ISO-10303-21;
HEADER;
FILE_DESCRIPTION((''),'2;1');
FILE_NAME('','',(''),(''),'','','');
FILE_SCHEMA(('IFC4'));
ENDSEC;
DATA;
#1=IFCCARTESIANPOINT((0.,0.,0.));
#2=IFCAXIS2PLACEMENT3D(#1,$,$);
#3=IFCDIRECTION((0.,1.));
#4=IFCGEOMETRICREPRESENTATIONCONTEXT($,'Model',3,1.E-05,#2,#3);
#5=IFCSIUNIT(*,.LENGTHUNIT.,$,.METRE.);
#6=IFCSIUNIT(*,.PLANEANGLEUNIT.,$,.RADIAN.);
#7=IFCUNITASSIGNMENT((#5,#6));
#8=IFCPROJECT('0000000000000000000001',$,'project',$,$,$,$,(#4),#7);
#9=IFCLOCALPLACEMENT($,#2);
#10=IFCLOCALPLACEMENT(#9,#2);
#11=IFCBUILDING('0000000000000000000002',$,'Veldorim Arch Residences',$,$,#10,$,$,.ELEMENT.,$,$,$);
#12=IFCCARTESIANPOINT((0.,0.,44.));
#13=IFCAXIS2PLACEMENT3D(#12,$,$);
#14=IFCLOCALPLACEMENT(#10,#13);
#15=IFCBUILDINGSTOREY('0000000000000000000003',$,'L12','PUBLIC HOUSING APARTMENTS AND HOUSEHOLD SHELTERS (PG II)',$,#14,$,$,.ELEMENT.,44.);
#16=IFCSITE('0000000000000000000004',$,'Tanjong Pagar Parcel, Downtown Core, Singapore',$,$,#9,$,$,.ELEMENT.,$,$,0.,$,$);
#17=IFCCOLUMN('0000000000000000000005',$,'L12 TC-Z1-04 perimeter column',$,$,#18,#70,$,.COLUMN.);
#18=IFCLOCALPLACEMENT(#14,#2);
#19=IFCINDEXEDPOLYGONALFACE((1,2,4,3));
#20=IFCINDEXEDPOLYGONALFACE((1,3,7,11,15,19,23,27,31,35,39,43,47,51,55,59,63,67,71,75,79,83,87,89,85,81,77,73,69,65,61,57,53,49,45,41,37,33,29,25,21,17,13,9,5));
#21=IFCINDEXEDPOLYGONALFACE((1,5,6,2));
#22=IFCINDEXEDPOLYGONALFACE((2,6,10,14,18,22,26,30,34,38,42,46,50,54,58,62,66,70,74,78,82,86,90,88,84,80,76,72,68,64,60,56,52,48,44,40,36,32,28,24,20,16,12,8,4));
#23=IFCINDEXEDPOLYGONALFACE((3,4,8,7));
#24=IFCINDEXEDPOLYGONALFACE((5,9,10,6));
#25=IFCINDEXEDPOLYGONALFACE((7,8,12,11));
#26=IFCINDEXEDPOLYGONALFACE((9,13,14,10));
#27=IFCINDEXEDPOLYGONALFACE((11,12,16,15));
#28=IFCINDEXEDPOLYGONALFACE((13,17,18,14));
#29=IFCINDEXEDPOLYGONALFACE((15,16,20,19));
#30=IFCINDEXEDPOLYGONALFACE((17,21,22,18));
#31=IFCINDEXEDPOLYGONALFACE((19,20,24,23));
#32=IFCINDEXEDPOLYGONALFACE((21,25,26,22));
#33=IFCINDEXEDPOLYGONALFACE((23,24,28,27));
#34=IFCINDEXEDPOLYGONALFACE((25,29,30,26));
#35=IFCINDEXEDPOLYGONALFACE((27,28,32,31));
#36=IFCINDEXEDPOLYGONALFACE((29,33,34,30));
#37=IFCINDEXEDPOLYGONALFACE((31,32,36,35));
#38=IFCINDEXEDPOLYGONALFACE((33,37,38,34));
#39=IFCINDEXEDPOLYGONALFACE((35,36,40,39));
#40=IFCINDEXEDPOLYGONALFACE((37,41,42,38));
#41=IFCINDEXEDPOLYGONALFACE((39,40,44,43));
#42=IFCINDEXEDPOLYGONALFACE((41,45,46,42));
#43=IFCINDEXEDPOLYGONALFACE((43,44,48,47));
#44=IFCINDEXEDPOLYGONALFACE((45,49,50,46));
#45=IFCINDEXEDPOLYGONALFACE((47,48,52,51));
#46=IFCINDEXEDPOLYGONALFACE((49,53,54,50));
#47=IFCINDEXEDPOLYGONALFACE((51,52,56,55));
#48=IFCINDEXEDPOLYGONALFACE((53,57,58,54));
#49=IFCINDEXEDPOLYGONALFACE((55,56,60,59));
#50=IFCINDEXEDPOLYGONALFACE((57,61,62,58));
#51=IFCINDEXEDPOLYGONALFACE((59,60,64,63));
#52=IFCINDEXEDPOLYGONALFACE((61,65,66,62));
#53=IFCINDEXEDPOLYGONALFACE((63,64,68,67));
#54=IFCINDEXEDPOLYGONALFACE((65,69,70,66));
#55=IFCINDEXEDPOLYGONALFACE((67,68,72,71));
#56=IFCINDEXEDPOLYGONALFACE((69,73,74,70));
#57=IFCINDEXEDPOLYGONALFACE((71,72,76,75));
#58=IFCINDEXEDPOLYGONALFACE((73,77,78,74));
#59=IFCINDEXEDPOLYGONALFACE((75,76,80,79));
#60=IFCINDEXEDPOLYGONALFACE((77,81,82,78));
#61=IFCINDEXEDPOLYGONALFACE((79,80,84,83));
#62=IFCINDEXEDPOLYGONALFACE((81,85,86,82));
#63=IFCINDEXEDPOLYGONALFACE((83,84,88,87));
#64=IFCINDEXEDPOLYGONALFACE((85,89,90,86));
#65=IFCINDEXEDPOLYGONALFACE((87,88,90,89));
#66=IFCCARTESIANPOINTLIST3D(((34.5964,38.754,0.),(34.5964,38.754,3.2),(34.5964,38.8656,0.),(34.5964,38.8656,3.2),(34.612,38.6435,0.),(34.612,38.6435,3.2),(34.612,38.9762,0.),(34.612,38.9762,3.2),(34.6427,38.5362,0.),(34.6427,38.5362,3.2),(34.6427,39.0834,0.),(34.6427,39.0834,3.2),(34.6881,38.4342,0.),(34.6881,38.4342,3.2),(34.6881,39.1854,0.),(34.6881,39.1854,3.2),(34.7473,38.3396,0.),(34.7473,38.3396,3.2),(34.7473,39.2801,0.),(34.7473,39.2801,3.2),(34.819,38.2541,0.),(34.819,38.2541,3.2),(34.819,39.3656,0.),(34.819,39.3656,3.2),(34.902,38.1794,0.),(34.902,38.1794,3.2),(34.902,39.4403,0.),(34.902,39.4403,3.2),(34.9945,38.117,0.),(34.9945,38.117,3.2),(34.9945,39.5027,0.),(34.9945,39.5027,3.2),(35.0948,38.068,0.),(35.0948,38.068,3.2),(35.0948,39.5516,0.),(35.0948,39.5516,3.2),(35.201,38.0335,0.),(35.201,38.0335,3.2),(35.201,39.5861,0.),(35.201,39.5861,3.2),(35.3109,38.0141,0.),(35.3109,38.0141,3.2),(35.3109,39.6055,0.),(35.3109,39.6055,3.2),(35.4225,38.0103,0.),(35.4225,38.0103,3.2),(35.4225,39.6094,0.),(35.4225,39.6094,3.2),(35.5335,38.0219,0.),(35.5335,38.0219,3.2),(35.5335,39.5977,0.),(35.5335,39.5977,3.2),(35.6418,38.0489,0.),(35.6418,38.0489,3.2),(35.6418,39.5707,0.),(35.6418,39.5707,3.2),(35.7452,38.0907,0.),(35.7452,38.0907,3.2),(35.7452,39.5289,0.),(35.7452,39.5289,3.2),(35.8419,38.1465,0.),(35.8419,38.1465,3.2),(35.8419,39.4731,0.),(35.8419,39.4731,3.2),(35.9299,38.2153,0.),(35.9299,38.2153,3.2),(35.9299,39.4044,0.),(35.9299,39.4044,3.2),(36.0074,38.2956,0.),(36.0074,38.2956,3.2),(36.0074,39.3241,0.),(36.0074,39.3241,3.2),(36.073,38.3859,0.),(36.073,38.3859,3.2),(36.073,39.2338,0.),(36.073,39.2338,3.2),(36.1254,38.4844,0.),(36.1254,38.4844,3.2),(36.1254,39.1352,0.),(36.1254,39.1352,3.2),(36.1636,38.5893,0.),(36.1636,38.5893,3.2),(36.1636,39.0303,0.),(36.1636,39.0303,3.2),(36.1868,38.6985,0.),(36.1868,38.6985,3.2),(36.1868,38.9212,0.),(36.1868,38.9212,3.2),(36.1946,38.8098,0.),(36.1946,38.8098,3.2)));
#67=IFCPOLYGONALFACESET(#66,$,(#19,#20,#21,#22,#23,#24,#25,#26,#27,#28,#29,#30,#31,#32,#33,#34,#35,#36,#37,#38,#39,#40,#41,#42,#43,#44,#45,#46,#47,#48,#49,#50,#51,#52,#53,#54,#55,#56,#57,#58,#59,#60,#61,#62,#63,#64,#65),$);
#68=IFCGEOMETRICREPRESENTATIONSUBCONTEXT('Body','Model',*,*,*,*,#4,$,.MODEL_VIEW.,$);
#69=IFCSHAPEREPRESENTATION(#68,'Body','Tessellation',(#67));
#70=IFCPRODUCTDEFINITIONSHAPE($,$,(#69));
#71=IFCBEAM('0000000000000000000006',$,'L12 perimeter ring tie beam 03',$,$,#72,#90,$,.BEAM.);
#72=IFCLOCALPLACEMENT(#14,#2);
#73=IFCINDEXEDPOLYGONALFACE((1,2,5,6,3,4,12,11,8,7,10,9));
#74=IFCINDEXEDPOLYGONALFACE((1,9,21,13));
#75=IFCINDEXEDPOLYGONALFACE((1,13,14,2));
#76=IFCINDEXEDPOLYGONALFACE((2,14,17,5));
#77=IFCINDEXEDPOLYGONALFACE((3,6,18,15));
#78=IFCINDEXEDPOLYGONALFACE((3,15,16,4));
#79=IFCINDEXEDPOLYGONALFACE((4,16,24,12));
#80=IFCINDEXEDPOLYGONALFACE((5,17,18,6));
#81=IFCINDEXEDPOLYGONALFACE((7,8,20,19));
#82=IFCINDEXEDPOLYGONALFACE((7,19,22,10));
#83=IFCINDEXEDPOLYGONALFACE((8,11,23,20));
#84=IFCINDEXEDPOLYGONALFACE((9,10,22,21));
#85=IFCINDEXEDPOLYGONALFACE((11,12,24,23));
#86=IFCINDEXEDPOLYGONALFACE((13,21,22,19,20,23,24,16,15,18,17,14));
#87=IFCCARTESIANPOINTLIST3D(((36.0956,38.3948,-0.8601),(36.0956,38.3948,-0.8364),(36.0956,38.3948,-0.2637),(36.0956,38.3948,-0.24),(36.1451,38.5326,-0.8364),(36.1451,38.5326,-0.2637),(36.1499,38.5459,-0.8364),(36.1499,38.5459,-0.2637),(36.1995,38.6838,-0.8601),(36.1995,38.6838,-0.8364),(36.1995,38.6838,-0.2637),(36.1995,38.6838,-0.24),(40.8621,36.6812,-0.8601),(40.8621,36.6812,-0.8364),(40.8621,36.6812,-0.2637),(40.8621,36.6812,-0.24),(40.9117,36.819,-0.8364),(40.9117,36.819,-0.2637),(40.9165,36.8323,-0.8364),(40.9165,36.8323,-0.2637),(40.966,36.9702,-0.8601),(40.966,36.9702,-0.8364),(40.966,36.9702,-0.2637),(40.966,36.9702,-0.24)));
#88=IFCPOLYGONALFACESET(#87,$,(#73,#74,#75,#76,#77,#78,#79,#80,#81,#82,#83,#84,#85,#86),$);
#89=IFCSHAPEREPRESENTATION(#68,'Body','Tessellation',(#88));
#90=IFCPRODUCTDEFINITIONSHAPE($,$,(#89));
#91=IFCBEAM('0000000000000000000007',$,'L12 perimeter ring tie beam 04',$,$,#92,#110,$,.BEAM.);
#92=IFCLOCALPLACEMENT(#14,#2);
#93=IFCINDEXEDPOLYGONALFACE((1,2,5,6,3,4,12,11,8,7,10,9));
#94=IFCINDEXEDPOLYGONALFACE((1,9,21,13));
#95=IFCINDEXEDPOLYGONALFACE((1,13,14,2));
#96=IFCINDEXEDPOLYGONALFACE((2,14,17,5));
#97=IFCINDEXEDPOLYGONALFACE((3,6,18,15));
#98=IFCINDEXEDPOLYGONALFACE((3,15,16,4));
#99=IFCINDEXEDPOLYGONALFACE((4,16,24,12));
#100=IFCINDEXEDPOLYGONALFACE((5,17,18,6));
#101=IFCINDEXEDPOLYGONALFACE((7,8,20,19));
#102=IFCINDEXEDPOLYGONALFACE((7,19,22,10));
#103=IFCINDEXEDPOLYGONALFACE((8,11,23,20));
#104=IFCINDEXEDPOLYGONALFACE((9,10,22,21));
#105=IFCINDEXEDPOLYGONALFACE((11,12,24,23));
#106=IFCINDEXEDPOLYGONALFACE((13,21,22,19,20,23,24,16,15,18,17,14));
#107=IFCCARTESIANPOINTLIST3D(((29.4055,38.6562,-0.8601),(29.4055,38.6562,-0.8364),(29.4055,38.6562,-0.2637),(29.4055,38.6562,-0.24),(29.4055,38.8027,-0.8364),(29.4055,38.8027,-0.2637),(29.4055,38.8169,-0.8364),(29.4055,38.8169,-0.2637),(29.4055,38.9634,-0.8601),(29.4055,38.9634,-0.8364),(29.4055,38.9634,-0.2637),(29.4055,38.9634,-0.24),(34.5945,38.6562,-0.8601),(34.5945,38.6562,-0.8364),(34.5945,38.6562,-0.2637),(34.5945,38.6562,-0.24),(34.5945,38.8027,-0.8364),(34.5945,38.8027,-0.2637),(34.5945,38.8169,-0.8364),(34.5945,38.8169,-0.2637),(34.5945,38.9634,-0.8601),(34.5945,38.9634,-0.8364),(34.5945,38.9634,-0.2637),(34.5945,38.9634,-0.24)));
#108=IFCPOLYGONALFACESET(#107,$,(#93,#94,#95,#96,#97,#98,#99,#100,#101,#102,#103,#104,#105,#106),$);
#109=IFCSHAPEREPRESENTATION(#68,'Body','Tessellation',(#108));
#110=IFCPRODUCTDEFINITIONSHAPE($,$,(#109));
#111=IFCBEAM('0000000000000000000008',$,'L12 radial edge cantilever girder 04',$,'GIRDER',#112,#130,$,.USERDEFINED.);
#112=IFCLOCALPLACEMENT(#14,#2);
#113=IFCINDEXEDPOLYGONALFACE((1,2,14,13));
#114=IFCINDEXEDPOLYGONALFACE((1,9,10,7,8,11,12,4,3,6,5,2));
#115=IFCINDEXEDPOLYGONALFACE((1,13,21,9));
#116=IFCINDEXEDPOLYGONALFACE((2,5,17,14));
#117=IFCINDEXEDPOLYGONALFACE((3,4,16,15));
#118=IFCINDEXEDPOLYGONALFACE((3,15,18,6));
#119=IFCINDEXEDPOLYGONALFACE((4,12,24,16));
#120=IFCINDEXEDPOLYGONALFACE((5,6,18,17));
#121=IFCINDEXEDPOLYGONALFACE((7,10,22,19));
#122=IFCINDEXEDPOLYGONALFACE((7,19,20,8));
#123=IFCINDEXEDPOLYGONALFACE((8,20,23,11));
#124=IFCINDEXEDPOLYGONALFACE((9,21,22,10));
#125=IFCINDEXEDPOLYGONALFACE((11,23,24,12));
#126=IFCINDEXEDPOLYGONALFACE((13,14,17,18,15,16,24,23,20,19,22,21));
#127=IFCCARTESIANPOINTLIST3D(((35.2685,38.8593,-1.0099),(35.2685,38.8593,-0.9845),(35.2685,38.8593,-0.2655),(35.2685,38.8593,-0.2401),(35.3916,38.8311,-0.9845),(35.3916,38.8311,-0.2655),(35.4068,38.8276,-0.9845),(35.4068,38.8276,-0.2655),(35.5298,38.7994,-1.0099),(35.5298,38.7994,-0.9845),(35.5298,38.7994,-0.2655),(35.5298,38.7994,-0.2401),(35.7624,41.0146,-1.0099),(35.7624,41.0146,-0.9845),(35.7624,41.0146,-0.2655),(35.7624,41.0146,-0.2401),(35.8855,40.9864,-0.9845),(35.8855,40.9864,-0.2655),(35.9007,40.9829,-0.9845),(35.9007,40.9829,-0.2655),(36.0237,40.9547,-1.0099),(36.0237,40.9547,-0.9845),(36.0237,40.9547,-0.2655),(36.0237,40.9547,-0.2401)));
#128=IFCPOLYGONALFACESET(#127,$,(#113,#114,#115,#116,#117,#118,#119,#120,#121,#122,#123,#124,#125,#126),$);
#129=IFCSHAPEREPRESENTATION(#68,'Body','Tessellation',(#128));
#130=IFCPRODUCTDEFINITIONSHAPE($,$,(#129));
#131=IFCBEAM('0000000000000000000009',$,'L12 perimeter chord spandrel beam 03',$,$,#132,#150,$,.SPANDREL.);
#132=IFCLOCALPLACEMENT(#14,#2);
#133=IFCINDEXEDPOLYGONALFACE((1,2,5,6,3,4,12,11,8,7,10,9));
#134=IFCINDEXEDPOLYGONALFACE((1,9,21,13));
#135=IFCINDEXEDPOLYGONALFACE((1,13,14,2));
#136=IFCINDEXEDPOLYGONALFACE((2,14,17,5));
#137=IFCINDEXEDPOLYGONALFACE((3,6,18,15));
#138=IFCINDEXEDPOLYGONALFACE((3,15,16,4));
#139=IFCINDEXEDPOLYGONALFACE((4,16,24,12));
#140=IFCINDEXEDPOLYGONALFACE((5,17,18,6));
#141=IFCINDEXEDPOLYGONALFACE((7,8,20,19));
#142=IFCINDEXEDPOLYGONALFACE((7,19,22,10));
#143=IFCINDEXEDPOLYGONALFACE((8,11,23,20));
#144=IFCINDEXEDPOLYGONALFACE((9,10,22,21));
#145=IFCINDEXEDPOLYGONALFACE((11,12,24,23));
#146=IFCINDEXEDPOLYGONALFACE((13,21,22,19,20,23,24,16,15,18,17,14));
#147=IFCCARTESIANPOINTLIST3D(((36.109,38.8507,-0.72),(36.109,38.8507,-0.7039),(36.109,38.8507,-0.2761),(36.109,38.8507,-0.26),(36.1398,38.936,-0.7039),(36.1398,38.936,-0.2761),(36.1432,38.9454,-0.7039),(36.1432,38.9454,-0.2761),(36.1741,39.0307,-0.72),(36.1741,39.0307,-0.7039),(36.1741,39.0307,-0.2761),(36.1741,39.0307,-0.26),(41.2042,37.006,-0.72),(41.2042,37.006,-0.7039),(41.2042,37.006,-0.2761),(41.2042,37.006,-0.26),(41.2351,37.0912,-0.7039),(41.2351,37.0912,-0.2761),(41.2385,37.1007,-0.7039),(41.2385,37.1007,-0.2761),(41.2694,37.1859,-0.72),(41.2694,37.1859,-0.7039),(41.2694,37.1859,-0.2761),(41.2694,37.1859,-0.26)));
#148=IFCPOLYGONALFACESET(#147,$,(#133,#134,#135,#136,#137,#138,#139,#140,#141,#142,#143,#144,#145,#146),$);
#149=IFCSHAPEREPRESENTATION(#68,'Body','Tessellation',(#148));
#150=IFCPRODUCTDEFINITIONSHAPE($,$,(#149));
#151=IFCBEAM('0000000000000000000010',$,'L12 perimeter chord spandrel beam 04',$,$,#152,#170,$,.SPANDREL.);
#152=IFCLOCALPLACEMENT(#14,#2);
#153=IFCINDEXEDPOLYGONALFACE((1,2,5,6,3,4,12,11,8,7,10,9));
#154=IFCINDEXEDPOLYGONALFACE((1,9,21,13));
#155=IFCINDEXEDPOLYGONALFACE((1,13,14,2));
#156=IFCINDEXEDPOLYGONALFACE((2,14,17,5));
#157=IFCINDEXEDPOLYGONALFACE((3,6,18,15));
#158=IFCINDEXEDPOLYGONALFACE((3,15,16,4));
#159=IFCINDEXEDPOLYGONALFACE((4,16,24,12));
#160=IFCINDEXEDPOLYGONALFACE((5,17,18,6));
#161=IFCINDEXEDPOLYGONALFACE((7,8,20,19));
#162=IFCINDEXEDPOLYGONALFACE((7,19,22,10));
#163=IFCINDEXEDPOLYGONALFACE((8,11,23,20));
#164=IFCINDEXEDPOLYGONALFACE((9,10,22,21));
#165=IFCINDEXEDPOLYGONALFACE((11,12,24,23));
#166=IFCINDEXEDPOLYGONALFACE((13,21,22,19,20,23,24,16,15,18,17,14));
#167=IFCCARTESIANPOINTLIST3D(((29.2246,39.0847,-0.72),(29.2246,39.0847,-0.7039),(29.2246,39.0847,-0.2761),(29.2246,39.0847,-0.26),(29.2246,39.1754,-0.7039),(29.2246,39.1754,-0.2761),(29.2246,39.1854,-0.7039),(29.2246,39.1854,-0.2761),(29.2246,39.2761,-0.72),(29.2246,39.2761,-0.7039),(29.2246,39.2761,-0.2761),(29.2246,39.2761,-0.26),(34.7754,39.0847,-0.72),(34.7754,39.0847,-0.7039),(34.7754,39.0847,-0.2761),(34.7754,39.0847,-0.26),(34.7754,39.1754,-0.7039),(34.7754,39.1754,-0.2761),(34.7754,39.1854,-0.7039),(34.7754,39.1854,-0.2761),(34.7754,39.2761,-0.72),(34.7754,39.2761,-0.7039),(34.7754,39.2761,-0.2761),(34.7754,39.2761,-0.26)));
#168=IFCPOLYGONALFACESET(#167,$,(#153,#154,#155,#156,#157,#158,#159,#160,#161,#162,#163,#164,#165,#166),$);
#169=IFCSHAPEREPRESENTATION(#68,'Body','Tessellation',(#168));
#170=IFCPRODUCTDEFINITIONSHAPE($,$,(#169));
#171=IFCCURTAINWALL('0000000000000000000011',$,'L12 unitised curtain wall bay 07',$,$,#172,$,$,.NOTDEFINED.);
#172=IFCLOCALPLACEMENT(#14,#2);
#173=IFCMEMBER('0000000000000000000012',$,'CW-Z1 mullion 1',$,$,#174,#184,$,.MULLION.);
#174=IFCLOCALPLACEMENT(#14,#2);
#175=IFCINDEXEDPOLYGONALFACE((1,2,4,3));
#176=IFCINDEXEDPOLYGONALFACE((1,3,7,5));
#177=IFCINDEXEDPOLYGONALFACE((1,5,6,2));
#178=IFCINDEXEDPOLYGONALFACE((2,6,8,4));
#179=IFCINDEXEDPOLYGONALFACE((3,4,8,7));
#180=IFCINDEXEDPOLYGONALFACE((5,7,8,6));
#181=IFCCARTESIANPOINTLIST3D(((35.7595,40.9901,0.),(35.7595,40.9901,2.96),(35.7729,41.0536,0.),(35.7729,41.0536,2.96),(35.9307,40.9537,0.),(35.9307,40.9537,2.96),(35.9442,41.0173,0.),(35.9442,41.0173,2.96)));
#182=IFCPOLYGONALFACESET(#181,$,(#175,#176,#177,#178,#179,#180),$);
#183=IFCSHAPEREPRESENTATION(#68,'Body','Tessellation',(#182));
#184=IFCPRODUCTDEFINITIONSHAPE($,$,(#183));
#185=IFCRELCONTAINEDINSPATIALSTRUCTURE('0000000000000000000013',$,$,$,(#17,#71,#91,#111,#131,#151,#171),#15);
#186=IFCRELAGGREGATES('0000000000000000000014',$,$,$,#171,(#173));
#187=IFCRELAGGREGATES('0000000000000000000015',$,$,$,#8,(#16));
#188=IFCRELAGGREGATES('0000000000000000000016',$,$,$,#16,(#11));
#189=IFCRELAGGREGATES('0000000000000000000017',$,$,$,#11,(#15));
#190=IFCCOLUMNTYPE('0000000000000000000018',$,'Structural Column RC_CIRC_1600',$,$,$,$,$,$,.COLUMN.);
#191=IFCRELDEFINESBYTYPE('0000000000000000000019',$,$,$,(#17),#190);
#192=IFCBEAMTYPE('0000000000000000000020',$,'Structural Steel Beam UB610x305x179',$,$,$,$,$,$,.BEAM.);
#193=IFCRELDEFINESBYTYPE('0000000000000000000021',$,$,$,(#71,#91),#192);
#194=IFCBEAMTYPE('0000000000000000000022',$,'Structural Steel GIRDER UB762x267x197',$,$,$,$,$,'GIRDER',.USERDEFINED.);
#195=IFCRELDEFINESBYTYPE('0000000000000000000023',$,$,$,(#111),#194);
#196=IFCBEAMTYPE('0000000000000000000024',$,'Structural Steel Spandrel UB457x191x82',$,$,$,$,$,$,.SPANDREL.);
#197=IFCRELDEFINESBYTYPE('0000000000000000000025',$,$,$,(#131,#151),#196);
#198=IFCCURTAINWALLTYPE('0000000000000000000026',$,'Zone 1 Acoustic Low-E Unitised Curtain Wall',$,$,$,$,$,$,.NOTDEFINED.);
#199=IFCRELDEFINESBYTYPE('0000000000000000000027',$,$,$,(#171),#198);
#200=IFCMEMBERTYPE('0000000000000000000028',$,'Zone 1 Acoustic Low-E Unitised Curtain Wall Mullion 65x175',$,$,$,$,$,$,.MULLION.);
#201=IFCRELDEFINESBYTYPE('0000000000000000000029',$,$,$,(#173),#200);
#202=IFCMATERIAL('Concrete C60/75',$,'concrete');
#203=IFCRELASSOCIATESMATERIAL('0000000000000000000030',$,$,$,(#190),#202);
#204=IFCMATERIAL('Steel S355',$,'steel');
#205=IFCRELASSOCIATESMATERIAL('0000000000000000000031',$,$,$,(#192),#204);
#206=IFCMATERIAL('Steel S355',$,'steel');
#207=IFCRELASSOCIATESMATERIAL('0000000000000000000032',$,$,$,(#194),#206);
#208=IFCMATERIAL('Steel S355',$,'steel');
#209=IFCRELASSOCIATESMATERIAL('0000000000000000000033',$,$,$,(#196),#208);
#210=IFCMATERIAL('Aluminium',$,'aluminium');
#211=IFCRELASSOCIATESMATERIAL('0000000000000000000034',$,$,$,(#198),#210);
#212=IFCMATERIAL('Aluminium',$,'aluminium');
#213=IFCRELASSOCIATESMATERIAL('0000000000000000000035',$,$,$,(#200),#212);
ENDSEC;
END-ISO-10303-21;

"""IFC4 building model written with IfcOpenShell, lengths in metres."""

from ifc_helpers import new_model, si_unit, direction, frame, origin, origin_2d, place, context, subcontext, project, spatial, rectangle, circle, i_section, extrude, material, material_profile, profile_set, type_object, element, aggregate, save


model = new_model("IFC4")

# Units and contexts
model_context = context("Model", 3, precision=1e-05, world=origin(), true_north=direction((0.0, 1.0)))
body_context = subcontext(model_context, "Body", "Model", "MODEL_VIEW")
ifc_project = project(units=[si_unit("LENGTHUNIT", "METRE"), si_unit("PLANEANGLEUNIT", "RADIAN")], contexts=[model_context])

# Site, building, storey
site_placement = place(None, origin())
site = spatial("IfcSite", under=ifc_project, at=site_placement, Name="Tanjong Pagar Parcel, Downtown Core, Singapore", CompositionType="ELEMENT", RefElevation=0.0)
building_placement = place(site_placement, origin())
building = spatial("IfcBuilding", under=site, at=building_placement, Name="Veldorim Arch Residences", CompositionType="ELEMENT")
storey_placement = place(building_placement, frame((0.0, 0.0, 44.0)))
storey = spatial("IfcBuildingStorey", under=building, at=storey_placement, Name="L12", Description="PUBLIC HOUSING APARTMENTS AND HOUSEHOLD SHELTERS (PG II)", CompositionType="ELEMENT", Elevation=44.0)

# Column
ifc_material_1 = material(Name="Concrete C60/75", Category="concrete")
ifc_material_profile_1 = material_profile(ifc_material_1, circle(Radius=0.8, at=origin_2d()), Name="RC_CIRC_1600")
ifc_profile_set_1 = profile_set([ifc_material_profile_1], Name="Concrete C60/75")
column_type = type_object("IfcColumnType", Name="Structural Column RC_CIRC_1600", PredefinedType="COLUMN", material=ifc_profile_set_1)
column_placement = place(storey_placement, frame((35.3945, 38.8098, 0.0), z_axis=(0.0, 0.0, 1.0), x_axis=(1.0, 0.0, 0.0)))
element("IfcColumn", 1, at=column_placement, inside=storey, type_object=column_type, Name="L12 TC-Z1-04 perimeter column", PredefinedType="COLUMN", context=body_context, shape_type="SweptSolid", body=[
    extrude(circle(Radius=0.8, at=origin_2d()), origin(), (0.0, 0.0, 1.0), 3.2),
])

# Beams
ifc_material_2 = material(Name="Steel S355", Category="steel")
ifc_material_profile_2 = material_profile(ifc_material_2, i_section(OverallWidth=0.3071, OverallDepth=0.6201, WebThickness=0.0142, FlangeThickness=0.0237, at=origin_2d()), Name="UB610x305x179")
ifc_profile_set_2 = profile_set([ifc_material_profile_2], Name="Steel S355")
beam_type_1 = type_object("IfcBeamType", Name="Structural Steel Beam UB610x305x179", PredefinedType="BEAM", material=ifc_profile_set_2)
beam_1_placement = place(storey_placement, frame((40.9141, 36.8257, -0.55), z_axis=(-0.941035, 0.338308, 0.0), x_axis=(-0.338308, -0.941035, 0.0)))
element("IfcBeam", 2, at=beam_1_placement, inside=storey, type_object=beam_type_1, Name="L12 perimeter ring tie beam 03", PredefinedType="BEAM", context=body_context, shape_type="SweptSolid", body=[
    extrude(i_section(OverallWidth=0.3071, OverallDepth=0.6201, WebThickness=0.0142, FlangeThickness=0.0237, at=origin_2d()), origin(), (0.0, 0.0, 1.0), 5.0652),
])
beam_2_placement = place(storey_placement, frame((34.5945, 38.8098, -0.55), z_axis=(-1.0, 0.0, 0.0), x_axis=(0.0, -1.0, 0.0)))
element("IfcBeam", 3, at=beam_2_placement, inside=storey, type_object=beam_type_1, Name="L12 perimeter ring tie beam 04", PredefinedType="BEAM", context=body_context, shape_type="SweptSolid", body=[
    extrude(i_section(OverallWidth=0.3071, OverallDepth=0.6201, WebThickness=0.0142, FlangeThickness=0.0237, at=origin_2d()), origin(), (0.0, 0.0, 1.0), 5.189),
])
ifc_material_3 = material(Name="Steel S355", Category="steel")
ifc_material_profile_3 = material_profile(ifc_material_3, i_section(OverallWidth=0.2681, OverallDepth=0.7698, WebThickness=0.0156, FlangeThickness=0.0254, at=origin_2d()), Name="UB762x267x197")
ifc_profile_set_3 = profile_set([ifc_material_profile_3], Name="Steel S355")
beam_type_2 = type_object("IfcBeamType", Name="Structural Steel GIRDER UB762x267x197", ElementType="GIRDER", PredefinedType="USERDEFINED", material=ifc_profile_set_3)
beam_3_placement = place(storey_placement, frame((35.3992, 38.8293, -0.625), z_axis=(0.223367, 0.974734, 0.0), x_axis=(-0.974734, 0.223367, 0.0)))
element("IfcBeam", 4, at=beam_3_placement, inside=storey, type_object=beam_type_2, Name="L12 radial edge cantilever girder 04", ObjectType="GIRDER", PredefinedType="USERDEFINED", context=body_context, shape_type="SweptSolid", body=[
    extrude(i_section(OverallWidth=0.2681, OverallDepth=0.7698, WebThickness=0.0156, FlangeThickness=0.0254, at=origin_2d()), origin(), (0.0, 0.0, 1.0), 2.2112),
])
ifc_material_4 = material(Name="Steel S355", Category="steel")
ifc_material_profile_4 = material_profile(ifc_material_4, i_section(OverallWidth=0.1914, OverallDepth=0.46, WebThickness=0.01, FlangeThickness=0.0161, at=origin_2d()), Name="UB457x191x82")
ifc_profile_set_4 = profile_set([ifc_material_profile_4], Name="Steel S355")
beam_type_3 = type_object("IfcBeamType", Name="Structural Steel Spandrel UB457x191x82", PredefinedType="SPANDREL", material=ifc_profile_set_4)
beam_4_placement = place(storey_placement, frame((41.2368, 37.0959, -0.49), z_axis=(-0.940271, 0.340426, 0.0), x_axis=(-0.340426, -0.940271, 0.0)))
element("IfcBeam", 5, at=beam_4_placement, inside=storey, type_object=beam_type_3, Name="L12 perimeter chord spandrel beam 03", PredefinedType="SPANDREL", context=body_context, shape_type="SweptSolid", body=[
    extrude(i_section(OverallWidth=0.1914, OverallDepth=0.46, WebThickness=0.01, FlangeThickness=0.0161, at=origin_2d()), origin(), (0.0, 0.0, 1.0), 5.4189),
])
beam_5_placement = place(storey_placement, frame((34.7754, 39.1804, -0.49), z_axis=(-1.0, 0.0, 0.0), x_axis=(0.0, -1.0, 0.0)))
element("IfcBeam", 6, at=beam_5_placement, inside=storey, type_object=beam_type_3, Name="L12 perimeter chord spandrel beam 04", PredefinedType="SPANDREL", context=body_context, shape_type="SweptSolid", body=[
    extrude(i_section(OverallWidth=0.1914, OverallDepth=0.46, WebThickness=0.01, FlangeThickness=0.0161, at=origin_2d()), origin(), (0.0, 0.0, 1.0), 5.5508),
])

# Curtain wall, member
ifc_material_5 = material(Name="Aluminium", Category="aluminium")
curtain_wall_type = type_object("IfcCurtainWallType", Name="Zone 1 Acoustic Low-E Unitised Curtain Wall", PredefinedType="NOTDEFINED", material=ifc_material_5)
curtain_wall_placement = place(storey_placement, origin())
curtain_wall = element("IfcCurtainWall", 7, at=curtain_wall_placement, inside=storey, type_object=curtain_wall_type, Name="L12 unitised curtain wall bay 07", PredefinedType="NOTDEFINED")
ifc_material_6 = material(Name="Aluminium", Category="aluminium")
ifc_material_profile_5 = material_profile(ifc_material_6, rectangle(XDim=0.0649, YDim=0.175, at=origin_2d()), Name="ALU_MUL_65x175")
ifc_profile_set_5 = profile_set([ifc_material_profile_5], Name="Aluminium")
member_type_1 = type_object("IfcMemberType", Name="Zone 1 Acoustic Low-E Unitised Curtain Wall Mullion 65x175", PredefinedType="MULLION", material=ifc_profile_set_5)
member_1_placement = place(storey_placement, frame((35.8518, 41.0037, 0.0), z_axis=(0.0, 0.0, 1.0), x_axis=(0.207442, 0.978247, 0.0)))
member_1 = element("IfcMember", 8, at=member_1_placement, type_object=member_type_1, Name="CW-Z1 mullion 1", PredefinedType="MULLION", context=body_context, shape_type="SweptSolid", body=[
    extrude(rectangle(XDim=0.0649, YDim=0.175, at=origin_2d()), origin(), (0.0, 0.0, 1.0), 2.96),
])
aggregate(curtain_wall, [member_1])

save(model, "model.ifc")
